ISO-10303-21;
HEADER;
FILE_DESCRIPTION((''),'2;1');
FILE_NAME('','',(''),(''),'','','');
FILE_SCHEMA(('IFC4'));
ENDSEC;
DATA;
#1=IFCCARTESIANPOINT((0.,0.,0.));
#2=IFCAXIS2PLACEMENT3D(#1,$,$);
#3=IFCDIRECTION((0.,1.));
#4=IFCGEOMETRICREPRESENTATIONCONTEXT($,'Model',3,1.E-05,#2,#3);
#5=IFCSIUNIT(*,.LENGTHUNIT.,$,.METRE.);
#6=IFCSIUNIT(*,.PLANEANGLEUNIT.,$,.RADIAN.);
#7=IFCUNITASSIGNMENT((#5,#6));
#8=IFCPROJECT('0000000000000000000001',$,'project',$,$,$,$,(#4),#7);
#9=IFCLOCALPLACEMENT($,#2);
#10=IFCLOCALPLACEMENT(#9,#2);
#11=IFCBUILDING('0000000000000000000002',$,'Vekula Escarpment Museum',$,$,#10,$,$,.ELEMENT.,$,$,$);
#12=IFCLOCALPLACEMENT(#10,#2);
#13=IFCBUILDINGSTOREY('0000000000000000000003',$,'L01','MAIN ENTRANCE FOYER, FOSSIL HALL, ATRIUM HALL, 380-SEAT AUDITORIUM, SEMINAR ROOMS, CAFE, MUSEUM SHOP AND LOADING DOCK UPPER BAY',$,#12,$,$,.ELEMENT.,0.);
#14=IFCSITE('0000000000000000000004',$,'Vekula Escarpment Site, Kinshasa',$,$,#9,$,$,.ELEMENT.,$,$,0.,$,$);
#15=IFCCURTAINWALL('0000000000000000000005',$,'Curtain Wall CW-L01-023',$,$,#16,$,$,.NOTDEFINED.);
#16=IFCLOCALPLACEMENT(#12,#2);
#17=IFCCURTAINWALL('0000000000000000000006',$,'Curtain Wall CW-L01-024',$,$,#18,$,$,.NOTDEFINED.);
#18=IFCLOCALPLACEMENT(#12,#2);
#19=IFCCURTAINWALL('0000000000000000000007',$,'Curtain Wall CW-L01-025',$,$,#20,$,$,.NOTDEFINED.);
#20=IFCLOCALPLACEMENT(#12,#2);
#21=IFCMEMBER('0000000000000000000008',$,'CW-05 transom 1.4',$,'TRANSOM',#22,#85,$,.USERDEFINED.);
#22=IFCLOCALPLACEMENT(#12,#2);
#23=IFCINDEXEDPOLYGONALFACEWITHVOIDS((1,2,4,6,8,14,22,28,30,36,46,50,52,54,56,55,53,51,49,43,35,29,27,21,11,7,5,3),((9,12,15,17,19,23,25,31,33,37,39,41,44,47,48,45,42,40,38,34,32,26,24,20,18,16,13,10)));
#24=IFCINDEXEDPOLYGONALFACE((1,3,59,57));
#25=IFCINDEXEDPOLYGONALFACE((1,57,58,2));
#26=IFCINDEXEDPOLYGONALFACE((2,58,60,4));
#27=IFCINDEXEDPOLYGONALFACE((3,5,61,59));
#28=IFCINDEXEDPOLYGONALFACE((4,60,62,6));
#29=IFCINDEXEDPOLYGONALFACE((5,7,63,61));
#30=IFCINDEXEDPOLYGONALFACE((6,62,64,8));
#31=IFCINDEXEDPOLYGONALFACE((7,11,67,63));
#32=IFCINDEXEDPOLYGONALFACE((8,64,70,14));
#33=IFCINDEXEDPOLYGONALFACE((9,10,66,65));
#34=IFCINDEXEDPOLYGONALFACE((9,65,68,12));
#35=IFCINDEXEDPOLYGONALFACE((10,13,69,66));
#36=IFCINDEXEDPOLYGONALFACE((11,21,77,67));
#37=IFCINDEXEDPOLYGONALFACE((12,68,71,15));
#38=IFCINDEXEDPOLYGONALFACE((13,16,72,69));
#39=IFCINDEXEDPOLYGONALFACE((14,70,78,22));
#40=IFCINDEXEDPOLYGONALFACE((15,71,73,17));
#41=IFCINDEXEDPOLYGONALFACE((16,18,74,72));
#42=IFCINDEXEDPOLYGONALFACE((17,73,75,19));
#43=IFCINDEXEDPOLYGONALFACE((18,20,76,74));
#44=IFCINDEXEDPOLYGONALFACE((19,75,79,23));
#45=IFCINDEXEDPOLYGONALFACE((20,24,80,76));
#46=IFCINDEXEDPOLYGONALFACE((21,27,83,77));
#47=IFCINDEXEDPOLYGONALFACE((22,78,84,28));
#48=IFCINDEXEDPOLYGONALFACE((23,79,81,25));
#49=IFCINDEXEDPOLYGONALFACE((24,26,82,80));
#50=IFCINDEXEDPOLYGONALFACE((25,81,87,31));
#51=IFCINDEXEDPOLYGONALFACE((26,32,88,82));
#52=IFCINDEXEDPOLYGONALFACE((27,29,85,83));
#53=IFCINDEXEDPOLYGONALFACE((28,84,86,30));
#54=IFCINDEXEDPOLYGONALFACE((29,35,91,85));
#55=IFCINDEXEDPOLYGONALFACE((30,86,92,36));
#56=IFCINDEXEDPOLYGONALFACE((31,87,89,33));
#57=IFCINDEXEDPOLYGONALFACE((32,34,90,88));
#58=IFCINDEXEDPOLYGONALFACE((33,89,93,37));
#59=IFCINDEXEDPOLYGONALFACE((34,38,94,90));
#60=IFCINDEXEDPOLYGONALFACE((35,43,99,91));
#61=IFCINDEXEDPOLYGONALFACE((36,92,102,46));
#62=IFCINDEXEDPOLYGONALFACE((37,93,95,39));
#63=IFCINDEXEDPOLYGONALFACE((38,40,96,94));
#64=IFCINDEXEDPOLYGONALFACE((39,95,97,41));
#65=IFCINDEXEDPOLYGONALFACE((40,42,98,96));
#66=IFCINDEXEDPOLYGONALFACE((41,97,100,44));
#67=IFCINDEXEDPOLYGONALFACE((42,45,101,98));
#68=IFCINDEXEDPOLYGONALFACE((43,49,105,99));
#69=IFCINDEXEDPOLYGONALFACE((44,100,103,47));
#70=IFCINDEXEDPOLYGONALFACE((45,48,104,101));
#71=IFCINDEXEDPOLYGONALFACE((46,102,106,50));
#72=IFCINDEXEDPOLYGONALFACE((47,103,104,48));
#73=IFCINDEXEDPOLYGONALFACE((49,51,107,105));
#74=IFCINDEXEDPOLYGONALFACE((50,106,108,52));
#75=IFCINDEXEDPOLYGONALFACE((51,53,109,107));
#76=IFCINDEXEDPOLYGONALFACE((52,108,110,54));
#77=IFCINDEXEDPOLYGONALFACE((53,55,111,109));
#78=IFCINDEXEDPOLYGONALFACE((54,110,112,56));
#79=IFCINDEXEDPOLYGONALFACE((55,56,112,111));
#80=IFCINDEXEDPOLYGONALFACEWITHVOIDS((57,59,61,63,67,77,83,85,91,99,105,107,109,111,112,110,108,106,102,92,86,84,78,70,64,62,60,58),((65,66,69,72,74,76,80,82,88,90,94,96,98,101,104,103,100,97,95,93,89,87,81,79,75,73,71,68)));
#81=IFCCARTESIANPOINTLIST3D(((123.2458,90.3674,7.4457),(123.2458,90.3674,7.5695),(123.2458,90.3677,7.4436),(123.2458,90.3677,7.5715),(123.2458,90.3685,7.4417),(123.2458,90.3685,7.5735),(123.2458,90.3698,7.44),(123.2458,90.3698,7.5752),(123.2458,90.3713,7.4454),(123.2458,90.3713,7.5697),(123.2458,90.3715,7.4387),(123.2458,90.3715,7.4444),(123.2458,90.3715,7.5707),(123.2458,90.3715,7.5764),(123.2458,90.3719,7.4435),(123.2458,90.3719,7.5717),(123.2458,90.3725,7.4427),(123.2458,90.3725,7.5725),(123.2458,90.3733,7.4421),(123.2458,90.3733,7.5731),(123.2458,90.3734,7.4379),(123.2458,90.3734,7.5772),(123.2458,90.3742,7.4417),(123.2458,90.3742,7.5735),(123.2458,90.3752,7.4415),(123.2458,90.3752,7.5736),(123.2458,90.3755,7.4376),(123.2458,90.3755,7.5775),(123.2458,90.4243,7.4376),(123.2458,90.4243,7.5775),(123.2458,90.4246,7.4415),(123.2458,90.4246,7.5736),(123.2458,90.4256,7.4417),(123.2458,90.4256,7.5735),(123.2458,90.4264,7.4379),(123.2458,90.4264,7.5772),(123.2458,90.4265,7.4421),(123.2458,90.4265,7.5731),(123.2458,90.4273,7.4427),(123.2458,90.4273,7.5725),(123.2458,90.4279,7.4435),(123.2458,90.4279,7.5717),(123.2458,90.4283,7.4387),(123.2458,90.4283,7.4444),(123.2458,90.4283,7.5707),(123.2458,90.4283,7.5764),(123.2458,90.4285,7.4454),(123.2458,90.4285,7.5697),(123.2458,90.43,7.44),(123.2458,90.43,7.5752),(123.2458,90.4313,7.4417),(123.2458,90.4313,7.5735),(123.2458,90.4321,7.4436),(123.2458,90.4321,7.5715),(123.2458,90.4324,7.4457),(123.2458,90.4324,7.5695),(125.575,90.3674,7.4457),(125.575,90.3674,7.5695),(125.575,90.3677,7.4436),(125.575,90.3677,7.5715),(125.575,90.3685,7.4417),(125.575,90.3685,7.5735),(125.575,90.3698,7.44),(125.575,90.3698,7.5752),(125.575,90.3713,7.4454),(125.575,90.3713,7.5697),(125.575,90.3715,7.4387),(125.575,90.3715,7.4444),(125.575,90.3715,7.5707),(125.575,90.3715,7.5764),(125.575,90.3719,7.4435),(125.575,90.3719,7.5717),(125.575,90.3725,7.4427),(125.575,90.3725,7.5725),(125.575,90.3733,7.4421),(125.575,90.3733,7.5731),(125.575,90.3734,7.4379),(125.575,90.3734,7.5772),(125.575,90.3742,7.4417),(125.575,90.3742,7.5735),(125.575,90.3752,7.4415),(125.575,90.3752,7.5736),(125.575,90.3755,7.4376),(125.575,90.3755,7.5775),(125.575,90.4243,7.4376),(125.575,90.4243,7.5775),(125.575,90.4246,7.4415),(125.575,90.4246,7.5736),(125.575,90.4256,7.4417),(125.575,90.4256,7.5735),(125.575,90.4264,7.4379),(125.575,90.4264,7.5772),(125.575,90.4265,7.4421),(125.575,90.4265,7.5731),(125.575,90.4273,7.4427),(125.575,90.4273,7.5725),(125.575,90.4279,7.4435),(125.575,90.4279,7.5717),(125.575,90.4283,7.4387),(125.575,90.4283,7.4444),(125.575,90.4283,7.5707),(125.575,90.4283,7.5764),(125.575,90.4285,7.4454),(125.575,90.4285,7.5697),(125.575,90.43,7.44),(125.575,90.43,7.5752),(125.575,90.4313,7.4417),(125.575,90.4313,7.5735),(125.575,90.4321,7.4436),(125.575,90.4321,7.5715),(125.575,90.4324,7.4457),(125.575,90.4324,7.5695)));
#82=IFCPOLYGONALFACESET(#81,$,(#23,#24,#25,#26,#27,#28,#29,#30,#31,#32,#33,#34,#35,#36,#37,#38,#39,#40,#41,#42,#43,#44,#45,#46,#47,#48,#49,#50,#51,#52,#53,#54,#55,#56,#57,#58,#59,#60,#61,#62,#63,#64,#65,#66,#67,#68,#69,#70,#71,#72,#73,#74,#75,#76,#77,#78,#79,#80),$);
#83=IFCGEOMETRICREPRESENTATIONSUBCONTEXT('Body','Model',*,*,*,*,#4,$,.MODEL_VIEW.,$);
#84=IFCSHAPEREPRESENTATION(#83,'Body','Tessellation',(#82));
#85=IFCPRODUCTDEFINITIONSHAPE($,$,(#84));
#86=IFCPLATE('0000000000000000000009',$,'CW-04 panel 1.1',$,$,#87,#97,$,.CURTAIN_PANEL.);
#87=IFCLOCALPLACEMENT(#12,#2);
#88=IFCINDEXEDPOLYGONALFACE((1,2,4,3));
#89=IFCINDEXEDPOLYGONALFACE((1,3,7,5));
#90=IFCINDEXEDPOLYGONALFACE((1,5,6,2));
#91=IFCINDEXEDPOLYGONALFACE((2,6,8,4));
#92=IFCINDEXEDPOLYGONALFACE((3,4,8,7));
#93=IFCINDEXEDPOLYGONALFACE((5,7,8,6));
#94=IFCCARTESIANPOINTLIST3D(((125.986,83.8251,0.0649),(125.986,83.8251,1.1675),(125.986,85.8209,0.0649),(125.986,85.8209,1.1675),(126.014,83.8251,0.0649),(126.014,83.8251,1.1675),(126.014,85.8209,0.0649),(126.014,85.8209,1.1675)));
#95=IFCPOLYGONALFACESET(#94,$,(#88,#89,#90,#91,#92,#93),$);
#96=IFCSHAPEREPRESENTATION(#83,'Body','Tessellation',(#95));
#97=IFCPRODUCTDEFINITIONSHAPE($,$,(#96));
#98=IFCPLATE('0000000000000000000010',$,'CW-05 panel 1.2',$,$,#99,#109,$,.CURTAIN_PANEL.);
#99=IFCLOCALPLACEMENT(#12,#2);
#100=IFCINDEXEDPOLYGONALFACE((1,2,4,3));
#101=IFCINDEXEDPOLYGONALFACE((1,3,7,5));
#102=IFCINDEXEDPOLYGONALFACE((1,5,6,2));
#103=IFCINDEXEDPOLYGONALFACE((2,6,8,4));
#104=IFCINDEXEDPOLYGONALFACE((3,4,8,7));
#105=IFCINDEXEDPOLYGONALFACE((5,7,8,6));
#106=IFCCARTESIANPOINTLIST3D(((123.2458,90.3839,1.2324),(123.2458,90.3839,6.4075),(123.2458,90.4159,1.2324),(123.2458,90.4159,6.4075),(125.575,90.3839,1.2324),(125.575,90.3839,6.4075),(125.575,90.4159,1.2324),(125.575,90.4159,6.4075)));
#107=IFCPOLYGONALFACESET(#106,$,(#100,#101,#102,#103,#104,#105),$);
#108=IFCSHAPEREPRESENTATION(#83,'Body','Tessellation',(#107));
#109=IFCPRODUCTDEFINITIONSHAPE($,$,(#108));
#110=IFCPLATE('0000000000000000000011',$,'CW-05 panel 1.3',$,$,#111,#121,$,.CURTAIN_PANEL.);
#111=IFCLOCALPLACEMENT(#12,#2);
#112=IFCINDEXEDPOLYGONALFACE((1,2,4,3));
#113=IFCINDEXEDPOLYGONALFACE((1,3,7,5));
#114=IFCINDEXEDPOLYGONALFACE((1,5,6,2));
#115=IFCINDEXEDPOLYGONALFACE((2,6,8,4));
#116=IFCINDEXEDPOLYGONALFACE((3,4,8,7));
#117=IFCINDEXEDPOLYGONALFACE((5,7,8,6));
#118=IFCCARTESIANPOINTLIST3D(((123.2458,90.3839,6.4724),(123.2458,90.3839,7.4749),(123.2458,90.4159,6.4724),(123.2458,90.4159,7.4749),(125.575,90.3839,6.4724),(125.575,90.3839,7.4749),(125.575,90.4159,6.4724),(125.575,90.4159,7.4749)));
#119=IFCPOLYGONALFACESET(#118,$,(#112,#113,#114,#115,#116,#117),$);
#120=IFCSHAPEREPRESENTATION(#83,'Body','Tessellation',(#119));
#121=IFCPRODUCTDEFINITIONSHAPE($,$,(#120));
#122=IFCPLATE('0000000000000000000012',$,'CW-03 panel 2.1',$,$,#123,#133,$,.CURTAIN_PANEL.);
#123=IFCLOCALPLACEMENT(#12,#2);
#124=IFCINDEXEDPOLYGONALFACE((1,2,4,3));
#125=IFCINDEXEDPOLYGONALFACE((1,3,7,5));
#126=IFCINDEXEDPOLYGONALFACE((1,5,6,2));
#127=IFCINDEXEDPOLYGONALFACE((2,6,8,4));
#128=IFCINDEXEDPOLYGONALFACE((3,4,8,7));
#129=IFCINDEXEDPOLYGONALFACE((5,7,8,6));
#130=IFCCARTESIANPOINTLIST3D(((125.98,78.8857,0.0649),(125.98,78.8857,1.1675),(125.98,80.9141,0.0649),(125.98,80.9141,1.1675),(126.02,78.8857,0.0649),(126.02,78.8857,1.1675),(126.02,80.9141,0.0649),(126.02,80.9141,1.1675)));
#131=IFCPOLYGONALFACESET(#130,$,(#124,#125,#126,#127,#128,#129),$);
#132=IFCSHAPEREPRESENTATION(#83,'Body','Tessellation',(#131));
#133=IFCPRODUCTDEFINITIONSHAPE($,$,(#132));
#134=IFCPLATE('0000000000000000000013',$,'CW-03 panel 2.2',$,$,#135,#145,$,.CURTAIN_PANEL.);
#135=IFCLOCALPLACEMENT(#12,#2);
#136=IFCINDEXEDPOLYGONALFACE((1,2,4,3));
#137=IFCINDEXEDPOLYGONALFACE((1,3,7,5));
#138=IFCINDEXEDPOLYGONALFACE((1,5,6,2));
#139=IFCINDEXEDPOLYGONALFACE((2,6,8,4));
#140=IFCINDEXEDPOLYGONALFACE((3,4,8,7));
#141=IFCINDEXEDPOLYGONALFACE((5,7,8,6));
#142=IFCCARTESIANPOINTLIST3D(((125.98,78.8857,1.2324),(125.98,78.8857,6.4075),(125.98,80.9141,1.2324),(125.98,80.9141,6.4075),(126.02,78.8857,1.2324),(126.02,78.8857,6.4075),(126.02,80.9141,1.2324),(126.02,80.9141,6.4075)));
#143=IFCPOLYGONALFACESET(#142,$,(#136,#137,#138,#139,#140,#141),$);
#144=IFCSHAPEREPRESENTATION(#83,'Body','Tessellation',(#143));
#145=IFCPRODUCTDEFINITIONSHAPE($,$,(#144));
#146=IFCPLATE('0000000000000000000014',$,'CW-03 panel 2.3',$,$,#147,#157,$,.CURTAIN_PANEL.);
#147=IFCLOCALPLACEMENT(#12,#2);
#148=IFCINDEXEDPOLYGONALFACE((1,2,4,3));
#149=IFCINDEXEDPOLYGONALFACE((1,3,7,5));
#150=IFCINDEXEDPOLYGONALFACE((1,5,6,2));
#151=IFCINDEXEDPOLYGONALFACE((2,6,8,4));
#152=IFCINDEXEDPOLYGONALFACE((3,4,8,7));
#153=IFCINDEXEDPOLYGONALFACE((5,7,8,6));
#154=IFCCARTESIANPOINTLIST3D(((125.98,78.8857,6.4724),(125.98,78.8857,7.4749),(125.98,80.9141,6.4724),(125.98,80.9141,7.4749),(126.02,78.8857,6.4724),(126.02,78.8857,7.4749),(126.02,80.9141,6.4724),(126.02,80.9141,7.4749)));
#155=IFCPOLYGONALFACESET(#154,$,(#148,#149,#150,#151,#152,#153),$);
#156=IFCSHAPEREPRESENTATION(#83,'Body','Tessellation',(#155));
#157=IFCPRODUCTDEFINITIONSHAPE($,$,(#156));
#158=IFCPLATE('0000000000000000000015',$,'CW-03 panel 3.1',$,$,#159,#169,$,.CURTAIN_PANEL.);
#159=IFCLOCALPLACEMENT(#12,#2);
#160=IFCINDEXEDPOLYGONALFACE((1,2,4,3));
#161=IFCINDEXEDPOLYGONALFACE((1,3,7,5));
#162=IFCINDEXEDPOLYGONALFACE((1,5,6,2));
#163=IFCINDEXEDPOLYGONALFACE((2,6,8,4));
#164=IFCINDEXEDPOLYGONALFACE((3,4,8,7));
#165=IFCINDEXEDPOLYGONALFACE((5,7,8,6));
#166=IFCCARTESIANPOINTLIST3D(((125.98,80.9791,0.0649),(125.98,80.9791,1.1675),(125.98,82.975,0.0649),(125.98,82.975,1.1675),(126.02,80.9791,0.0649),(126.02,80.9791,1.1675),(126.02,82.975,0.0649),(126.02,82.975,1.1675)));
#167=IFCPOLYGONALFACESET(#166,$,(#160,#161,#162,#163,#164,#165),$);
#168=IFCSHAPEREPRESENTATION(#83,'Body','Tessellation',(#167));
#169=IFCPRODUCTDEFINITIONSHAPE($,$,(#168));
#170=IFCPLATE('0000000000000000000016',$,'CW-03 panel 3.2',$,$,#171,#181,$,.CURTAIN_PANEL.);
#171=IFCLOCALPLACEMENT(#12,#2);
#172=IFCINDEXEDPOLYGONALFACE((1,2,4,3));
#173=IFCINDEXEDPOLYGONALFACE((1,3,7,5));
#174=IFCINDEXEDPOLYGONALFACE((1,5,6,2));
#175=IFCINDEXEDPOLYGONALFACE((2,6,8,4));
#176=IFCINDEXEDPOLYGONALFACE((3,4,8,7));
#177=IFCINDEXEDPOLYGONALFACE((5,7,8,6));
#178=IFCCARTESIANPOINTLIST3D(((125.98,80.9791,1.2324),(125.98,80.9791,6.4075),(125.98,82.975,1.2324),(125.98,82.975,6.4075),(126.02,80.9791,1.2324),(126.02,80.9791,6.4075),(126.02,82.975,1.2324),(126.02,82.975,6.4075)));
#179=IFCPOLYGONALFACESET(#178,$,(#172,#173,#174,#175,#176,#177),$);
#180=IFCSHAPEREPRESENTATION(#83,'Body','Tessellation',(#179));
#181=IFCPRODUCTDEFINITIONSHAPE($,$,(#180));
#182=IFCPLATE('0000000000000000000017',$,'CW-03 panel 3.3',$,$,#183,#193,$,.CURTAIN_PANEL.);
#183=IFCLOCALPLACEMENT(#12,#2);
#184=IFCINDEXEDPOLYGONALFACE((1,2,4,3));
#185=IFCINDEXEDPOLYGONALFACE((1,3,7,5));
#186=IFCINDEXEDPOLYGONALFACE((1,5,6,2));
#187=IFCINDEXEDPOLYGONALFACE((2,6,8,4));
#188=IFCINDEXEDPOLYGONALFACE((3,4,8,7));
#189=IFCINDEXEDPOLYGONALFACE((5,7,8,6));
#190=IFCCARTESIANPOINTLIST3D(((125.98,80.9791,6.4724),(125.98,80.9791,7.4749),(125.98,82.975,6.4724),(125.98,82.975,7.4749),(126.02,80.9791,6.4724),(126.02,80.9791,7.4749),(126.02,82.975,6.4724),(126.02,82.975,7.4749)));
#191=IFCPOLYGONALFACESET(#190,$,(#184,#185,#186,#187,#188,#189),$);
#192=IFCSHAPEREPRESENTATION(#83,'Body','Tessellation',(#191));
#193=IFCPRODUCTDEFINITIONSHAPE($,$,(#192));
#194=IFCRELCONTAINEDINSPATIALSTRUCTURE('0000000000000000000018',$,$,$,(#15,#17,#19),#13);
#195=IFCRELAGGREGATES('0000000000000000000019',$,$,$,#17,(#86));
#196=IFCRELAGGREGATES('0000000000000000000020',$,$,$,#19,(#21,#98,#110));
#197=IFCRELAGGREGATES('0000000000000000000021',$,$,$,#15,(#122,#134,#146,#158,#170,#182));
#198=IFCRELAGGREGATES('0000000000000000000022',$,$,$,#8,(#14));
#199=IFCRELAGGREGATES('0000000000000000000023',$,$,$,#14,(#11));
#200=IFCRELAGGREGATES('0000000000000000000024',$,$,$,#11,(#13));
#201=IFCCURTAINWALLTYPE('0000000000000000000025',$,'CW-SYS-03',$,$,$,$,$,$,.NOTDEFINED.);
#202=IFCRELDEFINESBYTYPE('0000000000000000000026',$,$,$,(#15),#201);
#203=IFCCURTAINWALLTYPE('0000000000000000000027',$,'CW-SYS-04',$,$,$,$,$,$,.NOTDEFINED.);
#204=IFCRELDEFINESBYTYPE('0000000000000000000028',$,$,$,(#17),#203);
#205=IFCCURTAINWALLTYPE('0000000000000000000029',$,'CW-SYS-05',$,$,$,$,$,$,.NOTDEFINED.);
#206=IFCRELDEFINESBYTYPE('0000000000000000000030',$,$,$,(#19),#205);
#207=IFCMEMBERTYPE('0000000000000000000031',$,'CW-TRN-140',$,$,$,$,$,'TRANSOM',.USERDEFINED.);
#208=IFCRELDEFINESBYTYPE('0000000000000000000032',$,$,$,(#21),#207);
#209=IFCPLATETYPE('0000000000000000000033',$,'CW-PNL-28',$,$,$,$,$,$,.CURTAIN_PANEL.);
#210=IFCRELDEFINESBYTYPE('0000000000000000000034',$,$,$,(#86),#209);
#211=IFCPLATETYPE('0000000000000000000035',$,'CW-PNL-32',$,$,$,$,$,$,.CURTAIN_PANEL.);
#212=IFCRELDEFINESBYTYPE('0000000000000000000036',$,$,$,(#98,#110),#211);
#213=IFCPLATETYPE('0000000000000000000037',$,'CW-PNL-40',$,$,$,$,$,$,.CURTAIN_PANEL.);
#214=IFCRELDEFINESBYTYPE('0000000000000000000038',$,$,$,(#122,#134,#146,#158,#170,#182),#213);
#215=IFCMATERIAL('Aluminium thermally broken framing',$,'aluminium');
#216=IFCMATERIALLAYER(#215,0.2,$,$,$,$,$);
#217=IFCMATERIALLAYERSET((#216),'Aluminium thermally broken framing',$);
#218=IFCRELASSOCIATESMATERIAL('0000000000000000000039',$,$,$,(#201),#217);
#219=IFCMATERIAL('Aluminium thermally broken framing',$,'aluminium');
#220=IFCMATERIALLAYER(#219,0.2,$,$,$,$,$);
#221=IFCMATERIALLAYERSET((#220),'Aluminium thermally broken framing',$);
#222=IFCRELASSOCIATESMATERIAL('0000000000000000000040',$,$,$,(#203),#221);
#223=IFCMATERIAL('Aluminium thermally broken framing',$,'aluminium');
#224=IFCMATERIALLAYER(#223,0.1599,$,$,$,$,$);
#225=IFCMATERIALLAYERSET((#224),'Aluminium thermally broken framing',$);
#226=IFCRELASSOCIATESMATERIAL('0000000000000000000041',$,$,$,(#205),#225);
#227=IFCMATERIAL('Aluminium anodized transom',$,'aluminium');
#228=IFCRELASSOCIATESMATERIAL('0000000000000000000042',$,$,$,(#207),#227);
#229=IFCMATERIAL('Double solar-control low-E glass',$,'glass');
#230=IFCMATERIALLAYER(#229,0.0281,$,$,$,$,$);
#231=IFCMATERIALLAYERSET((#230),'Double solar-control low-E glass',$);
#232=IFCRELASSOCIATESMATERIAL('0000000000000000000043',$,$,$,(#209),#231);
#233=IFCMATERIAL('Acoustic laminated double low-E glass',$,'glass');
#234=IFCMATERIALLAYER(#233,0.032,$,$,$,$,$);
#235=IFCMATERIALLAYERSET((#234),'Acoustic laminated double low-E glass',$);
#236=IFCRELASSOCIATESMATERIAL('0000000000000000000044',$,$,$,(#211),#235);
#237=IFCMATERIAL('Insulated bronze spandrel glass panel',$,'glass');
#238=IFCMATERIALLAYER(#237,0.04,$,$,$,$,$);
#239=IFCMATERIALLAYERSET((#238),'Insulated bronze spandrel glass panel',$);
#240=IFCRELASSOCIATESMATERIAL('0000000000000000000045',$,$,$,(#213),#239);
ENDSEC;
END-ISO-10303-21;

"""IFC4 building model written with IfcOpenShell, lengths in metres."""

from ifc_helpers import new_model, si_unit, direction, frame, origin, origin_2d, place, context, subcontext, project, spatial, rectangle, hollow_rectangle, extrude, material, layer, layer_set, material_profile, profile_set, type_object, element, aggregate, save


model = new_model("IFC4")

# Units and contexts
model_context = context("Model", 3, precision=1e-05, world=origin(), true_north=direction((0.0, 1.0)))
body_context = subcontext(model_context, "Body", "Model", "MODEL_VIEW")
ifc_project = project(units=[si_unit("LENGTHUNIT", "METRE"), si_unit("PLANEANGLEUNIT", "RADIAN")], contexts=[model_context])

# Site, building, storey
site_placement = place(None, origin())
site = spatial("IfcSite", under=ifc_project, at=site_placement, Name="Vekula Escarpment Site, Kinshasa", CompositionType="ELEMENT", RefElevation=0.0)
building_placement = place(site_placement, origin())
building = spatial("IfcBuilding", under=site, at=building_placement, Name="Vekula Escarpment Museum", CompositionType="ELEMENT")
storey_placement = place(building_placement, origin())
storey = spatial("IfcBuildingStorey", under=building, at=storey_placement, Name="L01", Description="MAIN ENTRANCE FOYER, FOSSIL HALL, ATRIUM HALL, 380-SEAT AUDITORIUM, SEMINAR ROOMS, CAFE, MUSEUM SHOP AND LOADING DOCK UPPER BAY", CompositionType="ELEMENT", Elevation=0.0)

# Curtain wall
ifc_material_1 = material(Name="Aluminium thermally broken framing", Category="aluminium")
ifc_layer_1 = layer(ifc_material_1, 0.2)
ifc_layer_set_1 = layer_set([ifc_layer_1], Name="Aluminium thermally broken framing")
curtain_wall_type_1 = type_object("IfcCurtainWallType", Name="CW-SYS-03", PredefinedType="NOTDEFINED", material=ifc_layer_set_1)
curtain_wall_1_placement = place(storey_placement, origin())
curtain_wall_1 = element("IfcCurtainWall", 1, at=curtain_wall_1_placement, inside=storey, type_object=curtain_wall_type_1, Name="Curtain Wall CW-L01-023", PredefinedType="NOTDEFINED")

# Curtain walls
ifc_material_2 = material(Name="Aluminium thermally broken framing", Category="aluminium")
ifc_layer_2 = layer(ifc_material_2, 0.2)
ifc_layer_set_2 = layer_set([ifc_layer_2], Name="Aluminium thermally broken framing")
curtain_wall_type_2 = type_object("IfcCurtainWallType", Name="CW-SYS-04", PredefinedType="NOTDEFINED", material=ifc_layer_set_2)
curtain_wall_2_placement = place(storey_placement, origin())
curtain_wall_2 = element("IfcCurtainWall", 2, at=curtain_wall_2_placement, inside=storey, type_object=curtain_wall_type_2, Name="Curtain Wall CW-L01-024", PredefinedType="NOTDEFINED")
ifc_material_3 = material(Name="Aluminium thermally broken framing", Category="aluminium")
ifc_layer_3 = layer(ifc_material_3, 0.1599)
ifc_layer_set_3 = layer_set([ifc_layer_3], Name="Aluminium thermally broken framing")
curtain_wall_type_3 = type_object("IfcCurtainWallType", Name="CW-SYS-05", PredefinedType="NOTDEFINED", material=ifc_layer_set_3)
curtain_wall_3_placement = place(storey_placement, origin())
curtain_wall_3 = element("IfcCurtainWall", 3, at=curtain_wall_3_placement, inside=storey, type_object=curtain_wall_type_3, Name="Curtain Wall CW-L01-025", PredefinedType="NOTDEFINED")

# Member
ifc_material_4 = material(Name="Aluminium anodized transom", Category="aluminium")
ifc_material_profile_1 = material_profile(ifc_material_4, hollow_rectangle(XDim=0.0649, YDim=0.1399, WallThickness=0.0039, InnerFilletRadius=0.0039, OuterFilletRadius=0.0081, at=origin_2d()), Name="ALU 140x65x4")
ifc_profile_set_1 = profile_set([ifc_material_profile_1], Name="Aluminium anodized transom")
member_type_1 = type_object("IfcMemberType", Name="CW-TRN-140", ElementType="TRANSOM", PredefinedType="USERDEFINED", material=ifc_profile_set_1)
member_1_placement = place(storey_placement, frame((125.575, 90.3999, 7.5076), z_axis=(-1.0, 0.0, 0.0), x_axis=(0.0, -1.0, 0.0)))
member_1 = element("IfcMember", 4, at=member_1_placement, type_object=member_type_1, Name="CW-05 transom 1.4", ObjectType="TRANSOM", PredefinedType="USERDEFINED", context=body_context, shape_type="SweptSolid", body=[
    extrude(hollow_rectangle(XDim=0.0649, YDim=0.1399, WallThickness=0.0039, InnerFilletRadius=0.0039, OuterFilletRadius=0.0081, at=origin_2d()), origin(), (0.0, 0.0, 1.0), 2.3291),
])

# Plates
ifc_material_5 = material(Name="Double solar-control low-E glass", Category="glass")
ifc_layer_4 = layer(ifc_material_5, 0.0281)
ifc_layer_set_4 = layer_set([ifc_layer_4], Name="Double solar-control low-E glass")
plate_type_1 = type_object("IfcPlateType", Name="CW-PNL-28", PredefinedType="CURTAIN_PANEL", material=ifc_layer_set_4)
plate_1_placement = place(storey_placement, frame((126.0, 84.823, 0.0649), z_axis=(0.0, 0.0, 1.0), x_axis=(0.0, 1.0, 0.0)))
plate_1 = element("IfcPlate", 5, at=plate_1_placement, type_object=plate_type_1, Name="CW-04 panel 1.1", PredefinedType="CURTAIN_PANEL", context=body_context, shape_type="SweptSolid", body=[
    extrude(rectangle(XDim=1.9958, YDim=0.0281, at=origin_2d()), origin(), (0.0, 0.0, 1.0), 1.1025),
])
aggregate(curtain_wall_2, [plate_1])
ifc_material_6 = material(Name="Acoustic laminated double low-E glass", Category="glass")
ifc_layer_5 = layer(ifc_material_6, 0.032)
ifc_layer_set_5 = layer_set([ifc_layer_5], Name="Acoustic laminated double low-E glass")
plate_type_2 = type_object("IfcPlateType", Name="CW-PNL-32", PredefinedType="CURTAIN_PANEL", material=ifc_layer_set_5)
plate_2_placement = place(storey_placement, frame((124.4104, 90.3999, 1.2324), z_axis=(0.0, 0.0, 1.0), x_axis=(-1.0, 0.0, 0.0)))
plate_2 = element("IfcPlate", 6, at=plate_2_placement, type_object=plate_type_2, Name="CW-05 panel 1.2", PredefinedType="CURTAIN_PANEL", context=body_context, shape_type="SweptSolid", body=[
    extrude(rectangle(XDim=2.3291, YDim=0.032, at=origin_2d()), origin(), (0.0, 0.0, 1.0), 5.175),
])
plate_3_placement = place(storey_placement, frame((124.4104, 90.3999, 6.4724), z_axis=(0.0, 0.0, 1.0), x_axis=(-1.0, 0.0, 0.0)))
plate_3 = element("IfcPlate", 7, at=plate_3_placement, type_object=plate_type_2, Name="CW-05 panel 1.3", PredefinedType="CURTAIN_PANEL", context=body_context, shape_type="SweptSolid", body=[
    extrude(rectangle(XDim=2.3291, YDim=0.032, at=origin_2d()), origin(), (0.0, 0.0, 1.0), 1.0024),
])
aggregate(curtain_wall_3, [member_1, plate_2, plate_3])
ifc_material_7 = material(Name="Insulated bronze spandrel glass panel", Category="glass")
ifc_layer_6 = layer(ifc_material_7, 0.04)
ifc_layer_set_6 = layer_set([ifc_layer_6], Name="Insulated bronze spandrel glass panel")
plate_type_3 = type_object("IfcPlateType", Name="CW-PNL-40", PredefinedType="CURTAIN_PANEL", material=ifc_layer_set_6)
plate_4_placement = place(storey_placement, frame((126.0, 79.8999, 0.0649), z_axis=(0.0, 0.0, 1.0), x_axis=(0.0, 1.0, 0.0)))
plate_4 = element("IfcPlate", 8, at=plate_4_placement, type_object=plate_type_3, Name="CW-03 panel 2.1", PredefinedType="CURTAIN_PANEL", context=body_context, shape_type="SweptSolid", body=[
    extrude(rectangle(XDim=2.0283, YDim=0.04, at=origin_2d()), origin(), (0.0, 0.0, 1.0), 1.1025),
])
plate_5_placement = place(storey_placement, frame((126.0, 79.8999, 1.2324), z_axis=(0.0, 0.0, 1.0), x_axis=(0.0, 1.0, 0.0)))
plate_5 = element("IfcPlate", 9, at=plate_5_placement, type_object=plate_type_3, Name="CW-03 panel 2.2", PredefinedType="CURTAIN_PANEL", context=body_context, shape_type="SweptSolid", body=[
    extrude(rectangle(XDim=2.0283, YDim=0.04, at=origin_2d()), origin(), (0.0, 0.0, 1.0), 5.175),
])
plate_6_placement = place(storey_placement, frame((126.0, 79.8999, 6.4724), z_axis=(0.0, 0.0, 1.0), x_axis=(0.0, 1.0, 0.0)))
plate_6 = element("IfcPlate", 10, at=plate_6_placement, type_object=plate_type_3, Name="CW-03 panel 2.3", PredefinedType="CURTAIN_PANEL", context=body_context, shape_type="SweptSolid", body=[
    extrude(rectangle(XDim=2.0283, YDim=0.04, at=origin_2d()), origin(), (0.0, 0.0, 1.0), 1.0024),
])
plate_7_placement = place(storey_placement, frame((126.0, 81.9771, 0.0649), z_axis=(0.0, 0.0, 1.0), x_axis=(0.0, 1.0, 0.0)))
plate_7 = element("IfcPlate", 11, at=plate_7_placement, type_object=plate_type_3, Name="CW-03 panel 3.1", PredefinedType="CURTAIN_PANEL", context=body_context, shape_type="SweptSolid", body=[
    extrude(rectangle(XDim=1.9958, YDim=0.04, at=origin_2d()), origin(), (0.0, 0.0, 1.0), 1.1025),
])
plate_8_placement = place(storey_placement, frame((126.0, 81.9771, 1.2324), z_axis=(0.0, 0.0, 1.0), x_axis=(0.0, 1.0, 0.0)))
plate_8 = element("IfcPlate", 12, at=plate_8_placement, type_object=plate_type_3, Name="CW-03 panel 3.2", PredefinedType="CURTAIN_PANEL", context=body_context, shape_type="SweptSolid", body=[
    extrude(rectangle(XDim=1.9958, YDim=0.04, at=origin_2d()), origin(), (0.0, 0.0, 1.0), 5.175),
])
plate_9_placement = place(storey_placement, frame((126.0, 81.9771, 6.4724), z_axis=(0.0, 0.0, 1.0), x_axis=(0.0, 1.0, 0.0)))
plate_9 = element("IfcPlate", 13, at=plate_9_placement, type_object=plate_type_3, Name="CW-03 panel 3.3", PredefinedType="CURTAIN_PANEL", context=body_context, shape_type="SweptSolid", body=[
    extrude(rectangle(XDim=1.9958, YDim=0.04, at=origin_2d()), origin(), (0.0, 0.0, 1.0), 1.0024),
])
aggregate(curtain_wall_1, [plate_4, plate_5, plate_6, plate_7, plate_8, plate_9])

save(model, "model.ifc")
